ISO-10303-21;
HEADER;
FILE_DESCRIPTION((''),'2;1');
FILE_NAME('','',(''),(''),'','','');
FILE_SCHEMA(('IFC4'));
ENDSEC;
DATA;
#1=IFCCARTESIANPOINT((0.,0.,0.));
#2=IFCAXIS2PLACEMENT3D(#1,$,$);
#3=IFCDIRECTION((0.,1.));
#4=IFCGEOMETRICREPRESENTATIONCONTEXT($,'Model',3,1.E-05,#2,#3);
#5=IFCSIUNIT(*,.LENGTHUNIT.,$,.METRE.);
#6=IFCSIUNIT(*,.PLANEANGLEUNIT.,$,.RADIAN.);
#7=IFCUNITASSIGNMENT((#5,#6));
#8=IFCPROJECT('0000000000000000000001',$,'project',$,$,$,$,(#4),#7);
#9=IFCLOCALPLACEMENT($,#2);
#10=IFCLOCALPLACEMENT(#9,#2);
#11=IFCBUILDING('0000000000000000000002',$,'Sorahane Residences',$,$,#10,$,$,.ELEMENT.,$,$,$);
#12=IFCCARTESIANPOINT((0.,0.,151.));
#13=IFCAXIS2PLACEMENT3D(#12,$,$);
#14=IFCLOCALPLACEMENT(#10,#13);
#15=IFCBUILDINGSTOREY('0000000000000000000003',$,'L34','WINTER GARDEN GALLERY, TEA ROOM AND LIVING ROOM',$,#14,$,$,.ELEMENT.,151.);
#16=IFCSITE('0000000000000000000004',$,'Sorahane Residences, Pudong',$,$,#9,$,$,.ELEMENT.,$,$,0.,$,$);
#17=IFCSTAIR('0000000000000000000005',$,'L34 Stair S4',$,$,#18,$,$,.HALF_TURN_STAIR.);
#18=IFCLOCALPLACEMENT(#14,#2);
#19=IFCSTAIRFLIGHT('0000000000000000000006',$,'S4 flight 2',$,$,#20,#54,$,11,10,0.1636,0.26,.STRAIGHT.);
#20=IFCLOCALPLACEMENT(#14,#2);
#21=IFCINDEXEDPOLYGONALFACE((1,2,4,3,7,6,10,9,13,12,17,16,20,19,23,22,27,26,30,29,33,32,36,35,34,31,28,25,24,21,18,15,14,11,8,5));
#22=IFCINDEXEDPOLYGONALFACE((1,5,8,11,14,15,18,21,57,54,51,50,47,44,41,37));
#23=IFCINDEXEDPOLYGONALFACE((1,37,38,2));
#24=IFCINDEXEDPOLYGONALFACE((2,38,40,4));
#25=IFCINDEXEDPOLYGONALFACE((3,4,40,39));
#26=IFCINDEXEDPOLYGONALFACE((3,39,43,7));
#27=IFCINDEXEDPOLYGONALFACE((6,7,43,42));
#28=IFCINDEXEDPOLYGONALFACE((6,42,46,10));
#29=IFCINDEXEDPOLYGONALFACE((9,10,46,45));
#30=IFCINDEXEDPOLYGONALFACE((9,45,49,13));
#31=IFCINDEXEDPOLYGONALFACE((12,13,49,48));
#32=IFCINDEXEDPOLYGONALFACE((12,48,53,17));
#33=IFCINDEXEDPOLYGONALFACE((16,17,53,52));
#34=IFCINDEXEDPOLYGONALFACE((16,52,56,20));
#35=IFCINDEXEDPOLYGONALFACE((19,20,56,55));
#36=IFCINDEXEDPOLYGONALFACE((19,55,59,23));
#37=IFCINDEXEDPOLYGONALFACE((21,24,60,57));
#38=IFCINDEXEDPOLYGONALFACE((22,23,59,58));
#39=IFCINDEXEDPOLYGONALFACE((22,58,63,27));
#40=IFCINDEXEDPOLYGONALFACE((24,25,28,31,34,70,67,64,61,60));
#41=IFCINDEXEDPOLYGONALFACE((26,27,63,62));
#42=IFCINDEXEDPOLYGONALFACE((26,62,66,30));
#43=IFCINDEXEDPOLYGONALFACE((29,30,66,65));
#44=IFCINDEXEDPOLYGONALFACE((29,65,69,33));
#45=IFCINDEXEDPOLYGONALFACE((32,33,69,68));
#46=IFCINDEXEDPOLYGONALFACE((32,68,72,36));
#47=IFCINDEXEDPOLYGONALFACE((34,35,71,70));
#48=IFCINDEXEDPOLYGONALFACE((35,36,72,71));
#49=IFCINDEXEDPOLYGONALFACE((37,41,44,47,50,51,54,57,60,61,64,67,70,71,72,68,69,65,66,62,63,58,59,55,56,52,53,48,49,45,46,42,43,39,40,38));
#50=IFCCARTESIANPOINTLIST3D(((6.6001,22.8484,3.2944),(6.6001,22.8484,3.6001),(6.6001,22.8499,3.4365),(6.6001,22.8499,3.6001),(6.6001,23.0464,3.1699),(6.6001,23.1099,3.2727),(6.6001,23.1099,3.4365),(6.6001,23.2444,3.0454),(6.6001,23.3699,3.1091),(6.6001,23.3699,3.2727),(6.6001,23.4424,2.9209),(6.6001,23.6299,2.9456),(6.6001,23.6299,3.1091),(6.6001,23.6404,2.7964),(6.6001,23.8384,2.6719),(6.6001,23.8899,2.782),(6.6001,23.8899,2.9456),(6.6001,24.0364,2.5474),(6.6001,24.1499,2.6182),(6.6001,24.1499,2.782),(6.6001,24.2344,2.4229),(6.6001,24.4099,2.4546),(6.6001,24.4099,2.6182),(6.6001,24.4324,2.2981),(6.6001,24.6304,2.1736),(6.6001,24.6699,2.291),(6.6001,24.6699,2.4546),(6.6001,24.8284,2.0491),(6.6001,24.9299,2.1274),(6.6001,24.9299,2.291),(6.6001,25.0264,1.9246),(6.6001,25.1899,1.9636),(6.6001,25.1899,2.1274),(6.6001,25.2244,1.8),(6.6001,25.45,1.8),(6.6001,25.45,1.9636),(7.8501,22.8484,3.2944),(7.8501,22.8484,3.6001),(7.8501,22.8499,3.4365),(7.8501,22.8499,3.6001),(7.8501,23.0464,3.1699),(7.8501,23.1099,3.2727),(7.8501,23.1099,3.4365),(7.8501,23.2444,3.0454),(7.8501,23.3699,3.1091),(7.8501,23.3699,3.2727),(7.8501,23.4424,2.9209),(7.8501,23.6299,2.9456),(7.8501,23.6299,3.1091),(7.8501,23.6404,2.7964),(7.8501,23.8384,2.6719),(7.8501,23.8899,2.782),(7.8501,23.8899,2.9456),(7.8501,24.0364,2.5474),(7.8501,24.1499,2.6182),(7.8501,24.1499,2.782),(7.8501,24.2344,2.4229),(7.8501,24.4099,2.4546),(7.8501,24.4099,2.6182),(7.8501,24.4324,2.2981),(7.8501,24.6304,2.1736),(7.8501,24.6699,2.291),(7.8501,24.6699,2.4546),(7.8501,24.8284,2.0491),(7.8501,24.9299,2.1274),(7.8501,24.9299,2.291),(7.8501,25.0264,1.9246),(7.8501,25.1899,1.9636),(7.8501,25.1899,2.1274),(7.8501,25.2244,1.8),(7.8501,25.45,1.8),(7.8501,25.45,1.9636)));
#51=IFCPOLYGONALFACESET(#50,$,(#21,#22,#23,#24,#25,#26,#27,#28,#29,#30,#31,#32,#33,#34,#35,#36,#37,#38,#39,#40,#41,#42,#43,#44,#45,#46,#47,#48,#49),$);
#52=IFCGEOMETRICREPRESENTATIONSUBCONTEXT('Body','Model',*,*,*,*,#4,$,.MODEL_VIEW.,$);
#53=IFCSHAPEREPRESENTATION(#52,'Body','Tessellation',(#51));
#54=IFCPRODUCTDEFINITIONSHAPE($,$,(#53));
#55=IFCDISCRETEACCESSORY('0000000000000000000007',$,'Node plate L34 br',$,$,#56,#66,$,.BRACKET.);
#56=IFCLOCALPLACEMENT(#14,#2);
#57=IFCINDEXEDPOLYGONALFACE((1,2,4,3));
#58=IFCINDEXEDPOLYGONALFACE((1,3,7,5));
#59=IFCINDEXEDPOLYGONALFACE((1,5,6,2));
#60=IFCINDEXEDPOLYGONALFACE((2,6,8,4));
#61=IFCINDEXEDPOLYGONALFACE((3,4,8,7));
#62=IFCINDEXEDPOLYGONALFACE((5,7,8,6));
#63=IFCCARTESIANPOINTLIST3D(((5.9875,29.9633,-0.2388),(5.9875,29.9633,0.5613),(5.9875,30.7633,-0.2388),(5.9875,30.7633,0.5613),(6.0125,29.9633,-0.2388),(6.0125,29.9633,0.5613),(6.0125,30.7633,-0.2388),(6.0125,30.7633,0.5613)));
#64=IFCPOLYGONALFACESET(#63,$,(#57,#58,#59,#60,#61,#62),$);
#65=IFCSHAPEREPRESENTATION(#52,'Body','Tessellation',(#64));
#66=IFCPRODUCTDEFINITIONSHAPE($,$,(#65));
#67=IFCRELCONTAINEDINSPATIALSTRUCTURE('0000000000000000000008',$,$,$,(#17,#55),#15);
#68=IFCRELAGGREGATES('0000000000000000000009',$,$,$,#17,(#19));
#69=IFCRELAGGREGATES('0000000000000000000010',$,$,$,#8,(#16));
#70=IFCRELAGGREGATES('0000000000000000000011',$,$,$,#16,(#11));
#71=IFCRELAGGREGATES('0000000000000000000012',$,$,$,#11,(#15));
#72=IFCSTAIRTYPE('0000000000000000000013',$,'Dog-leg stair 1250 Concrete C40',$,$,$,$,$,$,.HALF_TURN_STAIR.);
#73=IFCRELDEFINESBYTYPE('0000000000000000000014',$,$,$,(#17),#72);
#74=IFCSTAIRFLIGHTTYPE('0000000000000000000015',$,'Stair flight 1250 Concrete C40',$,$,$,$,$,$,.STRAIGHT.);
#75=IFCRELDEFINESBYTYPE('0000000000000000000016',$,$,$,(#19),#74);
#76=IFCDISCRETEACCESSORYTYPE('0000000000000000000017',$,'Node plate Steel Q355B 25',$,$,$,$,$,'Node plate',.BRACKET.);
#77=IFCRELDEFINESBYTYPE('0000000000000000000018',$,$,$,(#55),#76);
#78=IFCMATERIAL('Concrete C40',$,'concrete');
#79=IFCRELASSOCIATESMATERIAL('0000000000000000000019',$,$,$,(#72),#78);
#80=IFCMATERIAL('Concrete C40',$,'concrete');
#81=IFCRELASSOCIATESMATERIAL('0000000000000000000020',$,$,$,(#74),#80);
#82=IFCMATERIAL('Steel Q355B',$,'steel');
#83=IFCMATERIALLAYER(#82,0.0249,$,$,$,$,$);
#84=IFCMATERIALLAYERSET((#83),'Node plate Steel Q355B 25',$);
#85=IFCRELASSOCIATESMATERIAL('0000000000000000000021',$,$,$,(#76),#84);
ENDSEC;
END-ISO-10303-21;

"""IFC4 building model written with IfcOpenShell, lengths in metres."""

from ifc_helpers import new_model, si_unit, direction, frame, origin, origin_2d, place, context, subcontext, project, spatial, polyline, rectangle, outline, extrude, material, layer, layer_set, type_object, element, aggregate, save


model = new_model("IFC4")

# Units and contexts
model_context = context("Model", 3, precision=1e-05, world=origin(), true_north=direction((0.0, 1.0)))
body_context = subcontext(model_context, "Body", "Model", "MODEL_VIEW")
ifc_project = project(units=[si_unit("LENGTHUNIT", "METRE"), si_unit("PLANEANGLEUNIT", "RADIAN")], contexts=[model_context])

# Site, building, storey
site_placement = place(None, origin())
site = spatial("IfcSite", under=ifc_project, at=site_placement, Name="Sorahane Residences, Pudong", CompositionType="ELEMENT", RefElevation=0.0)
building_placement = place(site_placement, origin())
building = spatial("IfcBuilding", under=site, at=building_placement, Name="Sorahane Residences", CompositionType="ELEMENT")
storey_placement = place(building_placement, frame((0.0, 0.0, 151.0)))
storey = spatial("IfcBuildingStorey", under=building, at=storey_placement, Name="L34", Description="WINTER GARDEN GALLERY, TEA ROOM AND LIVING ROOM", CompositionType="ELEMENT", Elevation=151.0)

# Stair, stair flight
ifc_material_1 = material(Name="Concrete C40", Category="concrete")
stair_type = type_object("IfcStairType", Name="Dog-leg stair 1250 Concrete C40", PredefinedType="HALF_TURN_STAIR", material=ifc_material_1)
stair_placement = place(storey_placement, origin())
stair = element("IfcStair", 1, at=stair_placement, inside=storey, type_object=stair_type, Name="L34 Stair S4", PredefinedType="HALF_TURN_STAIR")
ifc_material_2 = material(Name="Concrete C40", Category="concrete")
stair_flight_type = type_object("IfcStairFlightType", Name="Stair flight 1250 Concrete C40", PredefinedType="STRAIGHT", material=ifc_material_2)
stair_flight_placement = place(storey_placement, frame((7.2251, 25.45, 1.8), z_axis=(0.0, 0.0, 1.0), x_axis=(0.0, -1.0, 0.0)))
stair_flight = element("IfcStairFlight", 2, at=stair_flight_placement, type_object=stair_flight_type, Name="S4 flight 2", NumberOfRisers=11, NumberOfTreads=10, PredefinedType="STRAIGHT", RiserHeight=0.1636, TreadLength=0.26, context=body_context, shape_type="SweptSolid", body=[
    extrude(outline(polyline([(0.0, 0.0), (0.0, 0.1636), (0.26, 0.1636), (0.26, 0.3274), (0.52, 0.3274), (0.52, 0.491), (0.78, 0.491), (0.78, 0.6545), (1.04, 0.6545), (1.04, 0.8181), (1.3, 0.8181), (1.3, 0.9819), (1.5601, 0.9819), (1.5601, 1.1455), (1.8201, 1.1455), (1.8201, 1.3091), (2.0801, 1.3091), (2.0801, 1.4727), (2.3401, 1.4727), (2.3401, 1.6365), (2.6001, 1.6365), (2.6001, 1.8), (2.6016, 1.8), (2.6016, 1.4944), (2.4036, 1.3699), (2.2056, 1.2454), (2.0076, 1.1208), (1.8096, 0.9963), (1.6116, 0.8718), (1.4136, 0.7473), (1.2156, 0.6228), (1.0176, 0.498), (0.8196, 0.3735), (0.6216, 0.249), (0.4236, 0.1245), (0.2256, 0.0), (0.0, 0.0)])), frame((0.0, 0.625, 0.0), z_axis=(0.0, -1.0, 0.0), x_axis=(1.0, 0.0, 0.0)), (0.0, 0.0, 1.0), 1.25),
])
aggregate(stair, [stair_flight])

# Discrete accessory
ifc_material_3 = material(Name="Steel Q355B", Category="steel")
ifc_layer_1 = layer(ifc_material_3, 0.0249)
ifc_layer_set_1 = layer_set([ifc_layer_1], Name="Node plate Steel Q355B 25")
discrete_accessory_type = type_object("IfcDiscreteAccessoryType", Name="Node plate Steel Q355B 25", ElementType="Node plate", PredefinedType="BRACKET", material=ifc_layer_set_1)
discrete_accessory_placement = place(storey_placement, frame((6.0, 30.3633, -0.2388), z_axis=(0.0, 0.0, 1.0), x_axis=(0.0, 1.0, 0.0)))
element("IfcDiscreteAccessory", 3, at=discrete_accessory_placement, inside=storey, type_object=discrete_accessory_type, Name="Node plate L34 br", PredefinedType="BRACKET", context=body_context, shape_type="SweptSolid", body=[
    extrude(rectangle(XDim=0.8, YDim=0.0249, at=origin_2d()), origin(), (0.0, 0.0, 1.0), 0.8),
])

save(model, "model.ifc")
